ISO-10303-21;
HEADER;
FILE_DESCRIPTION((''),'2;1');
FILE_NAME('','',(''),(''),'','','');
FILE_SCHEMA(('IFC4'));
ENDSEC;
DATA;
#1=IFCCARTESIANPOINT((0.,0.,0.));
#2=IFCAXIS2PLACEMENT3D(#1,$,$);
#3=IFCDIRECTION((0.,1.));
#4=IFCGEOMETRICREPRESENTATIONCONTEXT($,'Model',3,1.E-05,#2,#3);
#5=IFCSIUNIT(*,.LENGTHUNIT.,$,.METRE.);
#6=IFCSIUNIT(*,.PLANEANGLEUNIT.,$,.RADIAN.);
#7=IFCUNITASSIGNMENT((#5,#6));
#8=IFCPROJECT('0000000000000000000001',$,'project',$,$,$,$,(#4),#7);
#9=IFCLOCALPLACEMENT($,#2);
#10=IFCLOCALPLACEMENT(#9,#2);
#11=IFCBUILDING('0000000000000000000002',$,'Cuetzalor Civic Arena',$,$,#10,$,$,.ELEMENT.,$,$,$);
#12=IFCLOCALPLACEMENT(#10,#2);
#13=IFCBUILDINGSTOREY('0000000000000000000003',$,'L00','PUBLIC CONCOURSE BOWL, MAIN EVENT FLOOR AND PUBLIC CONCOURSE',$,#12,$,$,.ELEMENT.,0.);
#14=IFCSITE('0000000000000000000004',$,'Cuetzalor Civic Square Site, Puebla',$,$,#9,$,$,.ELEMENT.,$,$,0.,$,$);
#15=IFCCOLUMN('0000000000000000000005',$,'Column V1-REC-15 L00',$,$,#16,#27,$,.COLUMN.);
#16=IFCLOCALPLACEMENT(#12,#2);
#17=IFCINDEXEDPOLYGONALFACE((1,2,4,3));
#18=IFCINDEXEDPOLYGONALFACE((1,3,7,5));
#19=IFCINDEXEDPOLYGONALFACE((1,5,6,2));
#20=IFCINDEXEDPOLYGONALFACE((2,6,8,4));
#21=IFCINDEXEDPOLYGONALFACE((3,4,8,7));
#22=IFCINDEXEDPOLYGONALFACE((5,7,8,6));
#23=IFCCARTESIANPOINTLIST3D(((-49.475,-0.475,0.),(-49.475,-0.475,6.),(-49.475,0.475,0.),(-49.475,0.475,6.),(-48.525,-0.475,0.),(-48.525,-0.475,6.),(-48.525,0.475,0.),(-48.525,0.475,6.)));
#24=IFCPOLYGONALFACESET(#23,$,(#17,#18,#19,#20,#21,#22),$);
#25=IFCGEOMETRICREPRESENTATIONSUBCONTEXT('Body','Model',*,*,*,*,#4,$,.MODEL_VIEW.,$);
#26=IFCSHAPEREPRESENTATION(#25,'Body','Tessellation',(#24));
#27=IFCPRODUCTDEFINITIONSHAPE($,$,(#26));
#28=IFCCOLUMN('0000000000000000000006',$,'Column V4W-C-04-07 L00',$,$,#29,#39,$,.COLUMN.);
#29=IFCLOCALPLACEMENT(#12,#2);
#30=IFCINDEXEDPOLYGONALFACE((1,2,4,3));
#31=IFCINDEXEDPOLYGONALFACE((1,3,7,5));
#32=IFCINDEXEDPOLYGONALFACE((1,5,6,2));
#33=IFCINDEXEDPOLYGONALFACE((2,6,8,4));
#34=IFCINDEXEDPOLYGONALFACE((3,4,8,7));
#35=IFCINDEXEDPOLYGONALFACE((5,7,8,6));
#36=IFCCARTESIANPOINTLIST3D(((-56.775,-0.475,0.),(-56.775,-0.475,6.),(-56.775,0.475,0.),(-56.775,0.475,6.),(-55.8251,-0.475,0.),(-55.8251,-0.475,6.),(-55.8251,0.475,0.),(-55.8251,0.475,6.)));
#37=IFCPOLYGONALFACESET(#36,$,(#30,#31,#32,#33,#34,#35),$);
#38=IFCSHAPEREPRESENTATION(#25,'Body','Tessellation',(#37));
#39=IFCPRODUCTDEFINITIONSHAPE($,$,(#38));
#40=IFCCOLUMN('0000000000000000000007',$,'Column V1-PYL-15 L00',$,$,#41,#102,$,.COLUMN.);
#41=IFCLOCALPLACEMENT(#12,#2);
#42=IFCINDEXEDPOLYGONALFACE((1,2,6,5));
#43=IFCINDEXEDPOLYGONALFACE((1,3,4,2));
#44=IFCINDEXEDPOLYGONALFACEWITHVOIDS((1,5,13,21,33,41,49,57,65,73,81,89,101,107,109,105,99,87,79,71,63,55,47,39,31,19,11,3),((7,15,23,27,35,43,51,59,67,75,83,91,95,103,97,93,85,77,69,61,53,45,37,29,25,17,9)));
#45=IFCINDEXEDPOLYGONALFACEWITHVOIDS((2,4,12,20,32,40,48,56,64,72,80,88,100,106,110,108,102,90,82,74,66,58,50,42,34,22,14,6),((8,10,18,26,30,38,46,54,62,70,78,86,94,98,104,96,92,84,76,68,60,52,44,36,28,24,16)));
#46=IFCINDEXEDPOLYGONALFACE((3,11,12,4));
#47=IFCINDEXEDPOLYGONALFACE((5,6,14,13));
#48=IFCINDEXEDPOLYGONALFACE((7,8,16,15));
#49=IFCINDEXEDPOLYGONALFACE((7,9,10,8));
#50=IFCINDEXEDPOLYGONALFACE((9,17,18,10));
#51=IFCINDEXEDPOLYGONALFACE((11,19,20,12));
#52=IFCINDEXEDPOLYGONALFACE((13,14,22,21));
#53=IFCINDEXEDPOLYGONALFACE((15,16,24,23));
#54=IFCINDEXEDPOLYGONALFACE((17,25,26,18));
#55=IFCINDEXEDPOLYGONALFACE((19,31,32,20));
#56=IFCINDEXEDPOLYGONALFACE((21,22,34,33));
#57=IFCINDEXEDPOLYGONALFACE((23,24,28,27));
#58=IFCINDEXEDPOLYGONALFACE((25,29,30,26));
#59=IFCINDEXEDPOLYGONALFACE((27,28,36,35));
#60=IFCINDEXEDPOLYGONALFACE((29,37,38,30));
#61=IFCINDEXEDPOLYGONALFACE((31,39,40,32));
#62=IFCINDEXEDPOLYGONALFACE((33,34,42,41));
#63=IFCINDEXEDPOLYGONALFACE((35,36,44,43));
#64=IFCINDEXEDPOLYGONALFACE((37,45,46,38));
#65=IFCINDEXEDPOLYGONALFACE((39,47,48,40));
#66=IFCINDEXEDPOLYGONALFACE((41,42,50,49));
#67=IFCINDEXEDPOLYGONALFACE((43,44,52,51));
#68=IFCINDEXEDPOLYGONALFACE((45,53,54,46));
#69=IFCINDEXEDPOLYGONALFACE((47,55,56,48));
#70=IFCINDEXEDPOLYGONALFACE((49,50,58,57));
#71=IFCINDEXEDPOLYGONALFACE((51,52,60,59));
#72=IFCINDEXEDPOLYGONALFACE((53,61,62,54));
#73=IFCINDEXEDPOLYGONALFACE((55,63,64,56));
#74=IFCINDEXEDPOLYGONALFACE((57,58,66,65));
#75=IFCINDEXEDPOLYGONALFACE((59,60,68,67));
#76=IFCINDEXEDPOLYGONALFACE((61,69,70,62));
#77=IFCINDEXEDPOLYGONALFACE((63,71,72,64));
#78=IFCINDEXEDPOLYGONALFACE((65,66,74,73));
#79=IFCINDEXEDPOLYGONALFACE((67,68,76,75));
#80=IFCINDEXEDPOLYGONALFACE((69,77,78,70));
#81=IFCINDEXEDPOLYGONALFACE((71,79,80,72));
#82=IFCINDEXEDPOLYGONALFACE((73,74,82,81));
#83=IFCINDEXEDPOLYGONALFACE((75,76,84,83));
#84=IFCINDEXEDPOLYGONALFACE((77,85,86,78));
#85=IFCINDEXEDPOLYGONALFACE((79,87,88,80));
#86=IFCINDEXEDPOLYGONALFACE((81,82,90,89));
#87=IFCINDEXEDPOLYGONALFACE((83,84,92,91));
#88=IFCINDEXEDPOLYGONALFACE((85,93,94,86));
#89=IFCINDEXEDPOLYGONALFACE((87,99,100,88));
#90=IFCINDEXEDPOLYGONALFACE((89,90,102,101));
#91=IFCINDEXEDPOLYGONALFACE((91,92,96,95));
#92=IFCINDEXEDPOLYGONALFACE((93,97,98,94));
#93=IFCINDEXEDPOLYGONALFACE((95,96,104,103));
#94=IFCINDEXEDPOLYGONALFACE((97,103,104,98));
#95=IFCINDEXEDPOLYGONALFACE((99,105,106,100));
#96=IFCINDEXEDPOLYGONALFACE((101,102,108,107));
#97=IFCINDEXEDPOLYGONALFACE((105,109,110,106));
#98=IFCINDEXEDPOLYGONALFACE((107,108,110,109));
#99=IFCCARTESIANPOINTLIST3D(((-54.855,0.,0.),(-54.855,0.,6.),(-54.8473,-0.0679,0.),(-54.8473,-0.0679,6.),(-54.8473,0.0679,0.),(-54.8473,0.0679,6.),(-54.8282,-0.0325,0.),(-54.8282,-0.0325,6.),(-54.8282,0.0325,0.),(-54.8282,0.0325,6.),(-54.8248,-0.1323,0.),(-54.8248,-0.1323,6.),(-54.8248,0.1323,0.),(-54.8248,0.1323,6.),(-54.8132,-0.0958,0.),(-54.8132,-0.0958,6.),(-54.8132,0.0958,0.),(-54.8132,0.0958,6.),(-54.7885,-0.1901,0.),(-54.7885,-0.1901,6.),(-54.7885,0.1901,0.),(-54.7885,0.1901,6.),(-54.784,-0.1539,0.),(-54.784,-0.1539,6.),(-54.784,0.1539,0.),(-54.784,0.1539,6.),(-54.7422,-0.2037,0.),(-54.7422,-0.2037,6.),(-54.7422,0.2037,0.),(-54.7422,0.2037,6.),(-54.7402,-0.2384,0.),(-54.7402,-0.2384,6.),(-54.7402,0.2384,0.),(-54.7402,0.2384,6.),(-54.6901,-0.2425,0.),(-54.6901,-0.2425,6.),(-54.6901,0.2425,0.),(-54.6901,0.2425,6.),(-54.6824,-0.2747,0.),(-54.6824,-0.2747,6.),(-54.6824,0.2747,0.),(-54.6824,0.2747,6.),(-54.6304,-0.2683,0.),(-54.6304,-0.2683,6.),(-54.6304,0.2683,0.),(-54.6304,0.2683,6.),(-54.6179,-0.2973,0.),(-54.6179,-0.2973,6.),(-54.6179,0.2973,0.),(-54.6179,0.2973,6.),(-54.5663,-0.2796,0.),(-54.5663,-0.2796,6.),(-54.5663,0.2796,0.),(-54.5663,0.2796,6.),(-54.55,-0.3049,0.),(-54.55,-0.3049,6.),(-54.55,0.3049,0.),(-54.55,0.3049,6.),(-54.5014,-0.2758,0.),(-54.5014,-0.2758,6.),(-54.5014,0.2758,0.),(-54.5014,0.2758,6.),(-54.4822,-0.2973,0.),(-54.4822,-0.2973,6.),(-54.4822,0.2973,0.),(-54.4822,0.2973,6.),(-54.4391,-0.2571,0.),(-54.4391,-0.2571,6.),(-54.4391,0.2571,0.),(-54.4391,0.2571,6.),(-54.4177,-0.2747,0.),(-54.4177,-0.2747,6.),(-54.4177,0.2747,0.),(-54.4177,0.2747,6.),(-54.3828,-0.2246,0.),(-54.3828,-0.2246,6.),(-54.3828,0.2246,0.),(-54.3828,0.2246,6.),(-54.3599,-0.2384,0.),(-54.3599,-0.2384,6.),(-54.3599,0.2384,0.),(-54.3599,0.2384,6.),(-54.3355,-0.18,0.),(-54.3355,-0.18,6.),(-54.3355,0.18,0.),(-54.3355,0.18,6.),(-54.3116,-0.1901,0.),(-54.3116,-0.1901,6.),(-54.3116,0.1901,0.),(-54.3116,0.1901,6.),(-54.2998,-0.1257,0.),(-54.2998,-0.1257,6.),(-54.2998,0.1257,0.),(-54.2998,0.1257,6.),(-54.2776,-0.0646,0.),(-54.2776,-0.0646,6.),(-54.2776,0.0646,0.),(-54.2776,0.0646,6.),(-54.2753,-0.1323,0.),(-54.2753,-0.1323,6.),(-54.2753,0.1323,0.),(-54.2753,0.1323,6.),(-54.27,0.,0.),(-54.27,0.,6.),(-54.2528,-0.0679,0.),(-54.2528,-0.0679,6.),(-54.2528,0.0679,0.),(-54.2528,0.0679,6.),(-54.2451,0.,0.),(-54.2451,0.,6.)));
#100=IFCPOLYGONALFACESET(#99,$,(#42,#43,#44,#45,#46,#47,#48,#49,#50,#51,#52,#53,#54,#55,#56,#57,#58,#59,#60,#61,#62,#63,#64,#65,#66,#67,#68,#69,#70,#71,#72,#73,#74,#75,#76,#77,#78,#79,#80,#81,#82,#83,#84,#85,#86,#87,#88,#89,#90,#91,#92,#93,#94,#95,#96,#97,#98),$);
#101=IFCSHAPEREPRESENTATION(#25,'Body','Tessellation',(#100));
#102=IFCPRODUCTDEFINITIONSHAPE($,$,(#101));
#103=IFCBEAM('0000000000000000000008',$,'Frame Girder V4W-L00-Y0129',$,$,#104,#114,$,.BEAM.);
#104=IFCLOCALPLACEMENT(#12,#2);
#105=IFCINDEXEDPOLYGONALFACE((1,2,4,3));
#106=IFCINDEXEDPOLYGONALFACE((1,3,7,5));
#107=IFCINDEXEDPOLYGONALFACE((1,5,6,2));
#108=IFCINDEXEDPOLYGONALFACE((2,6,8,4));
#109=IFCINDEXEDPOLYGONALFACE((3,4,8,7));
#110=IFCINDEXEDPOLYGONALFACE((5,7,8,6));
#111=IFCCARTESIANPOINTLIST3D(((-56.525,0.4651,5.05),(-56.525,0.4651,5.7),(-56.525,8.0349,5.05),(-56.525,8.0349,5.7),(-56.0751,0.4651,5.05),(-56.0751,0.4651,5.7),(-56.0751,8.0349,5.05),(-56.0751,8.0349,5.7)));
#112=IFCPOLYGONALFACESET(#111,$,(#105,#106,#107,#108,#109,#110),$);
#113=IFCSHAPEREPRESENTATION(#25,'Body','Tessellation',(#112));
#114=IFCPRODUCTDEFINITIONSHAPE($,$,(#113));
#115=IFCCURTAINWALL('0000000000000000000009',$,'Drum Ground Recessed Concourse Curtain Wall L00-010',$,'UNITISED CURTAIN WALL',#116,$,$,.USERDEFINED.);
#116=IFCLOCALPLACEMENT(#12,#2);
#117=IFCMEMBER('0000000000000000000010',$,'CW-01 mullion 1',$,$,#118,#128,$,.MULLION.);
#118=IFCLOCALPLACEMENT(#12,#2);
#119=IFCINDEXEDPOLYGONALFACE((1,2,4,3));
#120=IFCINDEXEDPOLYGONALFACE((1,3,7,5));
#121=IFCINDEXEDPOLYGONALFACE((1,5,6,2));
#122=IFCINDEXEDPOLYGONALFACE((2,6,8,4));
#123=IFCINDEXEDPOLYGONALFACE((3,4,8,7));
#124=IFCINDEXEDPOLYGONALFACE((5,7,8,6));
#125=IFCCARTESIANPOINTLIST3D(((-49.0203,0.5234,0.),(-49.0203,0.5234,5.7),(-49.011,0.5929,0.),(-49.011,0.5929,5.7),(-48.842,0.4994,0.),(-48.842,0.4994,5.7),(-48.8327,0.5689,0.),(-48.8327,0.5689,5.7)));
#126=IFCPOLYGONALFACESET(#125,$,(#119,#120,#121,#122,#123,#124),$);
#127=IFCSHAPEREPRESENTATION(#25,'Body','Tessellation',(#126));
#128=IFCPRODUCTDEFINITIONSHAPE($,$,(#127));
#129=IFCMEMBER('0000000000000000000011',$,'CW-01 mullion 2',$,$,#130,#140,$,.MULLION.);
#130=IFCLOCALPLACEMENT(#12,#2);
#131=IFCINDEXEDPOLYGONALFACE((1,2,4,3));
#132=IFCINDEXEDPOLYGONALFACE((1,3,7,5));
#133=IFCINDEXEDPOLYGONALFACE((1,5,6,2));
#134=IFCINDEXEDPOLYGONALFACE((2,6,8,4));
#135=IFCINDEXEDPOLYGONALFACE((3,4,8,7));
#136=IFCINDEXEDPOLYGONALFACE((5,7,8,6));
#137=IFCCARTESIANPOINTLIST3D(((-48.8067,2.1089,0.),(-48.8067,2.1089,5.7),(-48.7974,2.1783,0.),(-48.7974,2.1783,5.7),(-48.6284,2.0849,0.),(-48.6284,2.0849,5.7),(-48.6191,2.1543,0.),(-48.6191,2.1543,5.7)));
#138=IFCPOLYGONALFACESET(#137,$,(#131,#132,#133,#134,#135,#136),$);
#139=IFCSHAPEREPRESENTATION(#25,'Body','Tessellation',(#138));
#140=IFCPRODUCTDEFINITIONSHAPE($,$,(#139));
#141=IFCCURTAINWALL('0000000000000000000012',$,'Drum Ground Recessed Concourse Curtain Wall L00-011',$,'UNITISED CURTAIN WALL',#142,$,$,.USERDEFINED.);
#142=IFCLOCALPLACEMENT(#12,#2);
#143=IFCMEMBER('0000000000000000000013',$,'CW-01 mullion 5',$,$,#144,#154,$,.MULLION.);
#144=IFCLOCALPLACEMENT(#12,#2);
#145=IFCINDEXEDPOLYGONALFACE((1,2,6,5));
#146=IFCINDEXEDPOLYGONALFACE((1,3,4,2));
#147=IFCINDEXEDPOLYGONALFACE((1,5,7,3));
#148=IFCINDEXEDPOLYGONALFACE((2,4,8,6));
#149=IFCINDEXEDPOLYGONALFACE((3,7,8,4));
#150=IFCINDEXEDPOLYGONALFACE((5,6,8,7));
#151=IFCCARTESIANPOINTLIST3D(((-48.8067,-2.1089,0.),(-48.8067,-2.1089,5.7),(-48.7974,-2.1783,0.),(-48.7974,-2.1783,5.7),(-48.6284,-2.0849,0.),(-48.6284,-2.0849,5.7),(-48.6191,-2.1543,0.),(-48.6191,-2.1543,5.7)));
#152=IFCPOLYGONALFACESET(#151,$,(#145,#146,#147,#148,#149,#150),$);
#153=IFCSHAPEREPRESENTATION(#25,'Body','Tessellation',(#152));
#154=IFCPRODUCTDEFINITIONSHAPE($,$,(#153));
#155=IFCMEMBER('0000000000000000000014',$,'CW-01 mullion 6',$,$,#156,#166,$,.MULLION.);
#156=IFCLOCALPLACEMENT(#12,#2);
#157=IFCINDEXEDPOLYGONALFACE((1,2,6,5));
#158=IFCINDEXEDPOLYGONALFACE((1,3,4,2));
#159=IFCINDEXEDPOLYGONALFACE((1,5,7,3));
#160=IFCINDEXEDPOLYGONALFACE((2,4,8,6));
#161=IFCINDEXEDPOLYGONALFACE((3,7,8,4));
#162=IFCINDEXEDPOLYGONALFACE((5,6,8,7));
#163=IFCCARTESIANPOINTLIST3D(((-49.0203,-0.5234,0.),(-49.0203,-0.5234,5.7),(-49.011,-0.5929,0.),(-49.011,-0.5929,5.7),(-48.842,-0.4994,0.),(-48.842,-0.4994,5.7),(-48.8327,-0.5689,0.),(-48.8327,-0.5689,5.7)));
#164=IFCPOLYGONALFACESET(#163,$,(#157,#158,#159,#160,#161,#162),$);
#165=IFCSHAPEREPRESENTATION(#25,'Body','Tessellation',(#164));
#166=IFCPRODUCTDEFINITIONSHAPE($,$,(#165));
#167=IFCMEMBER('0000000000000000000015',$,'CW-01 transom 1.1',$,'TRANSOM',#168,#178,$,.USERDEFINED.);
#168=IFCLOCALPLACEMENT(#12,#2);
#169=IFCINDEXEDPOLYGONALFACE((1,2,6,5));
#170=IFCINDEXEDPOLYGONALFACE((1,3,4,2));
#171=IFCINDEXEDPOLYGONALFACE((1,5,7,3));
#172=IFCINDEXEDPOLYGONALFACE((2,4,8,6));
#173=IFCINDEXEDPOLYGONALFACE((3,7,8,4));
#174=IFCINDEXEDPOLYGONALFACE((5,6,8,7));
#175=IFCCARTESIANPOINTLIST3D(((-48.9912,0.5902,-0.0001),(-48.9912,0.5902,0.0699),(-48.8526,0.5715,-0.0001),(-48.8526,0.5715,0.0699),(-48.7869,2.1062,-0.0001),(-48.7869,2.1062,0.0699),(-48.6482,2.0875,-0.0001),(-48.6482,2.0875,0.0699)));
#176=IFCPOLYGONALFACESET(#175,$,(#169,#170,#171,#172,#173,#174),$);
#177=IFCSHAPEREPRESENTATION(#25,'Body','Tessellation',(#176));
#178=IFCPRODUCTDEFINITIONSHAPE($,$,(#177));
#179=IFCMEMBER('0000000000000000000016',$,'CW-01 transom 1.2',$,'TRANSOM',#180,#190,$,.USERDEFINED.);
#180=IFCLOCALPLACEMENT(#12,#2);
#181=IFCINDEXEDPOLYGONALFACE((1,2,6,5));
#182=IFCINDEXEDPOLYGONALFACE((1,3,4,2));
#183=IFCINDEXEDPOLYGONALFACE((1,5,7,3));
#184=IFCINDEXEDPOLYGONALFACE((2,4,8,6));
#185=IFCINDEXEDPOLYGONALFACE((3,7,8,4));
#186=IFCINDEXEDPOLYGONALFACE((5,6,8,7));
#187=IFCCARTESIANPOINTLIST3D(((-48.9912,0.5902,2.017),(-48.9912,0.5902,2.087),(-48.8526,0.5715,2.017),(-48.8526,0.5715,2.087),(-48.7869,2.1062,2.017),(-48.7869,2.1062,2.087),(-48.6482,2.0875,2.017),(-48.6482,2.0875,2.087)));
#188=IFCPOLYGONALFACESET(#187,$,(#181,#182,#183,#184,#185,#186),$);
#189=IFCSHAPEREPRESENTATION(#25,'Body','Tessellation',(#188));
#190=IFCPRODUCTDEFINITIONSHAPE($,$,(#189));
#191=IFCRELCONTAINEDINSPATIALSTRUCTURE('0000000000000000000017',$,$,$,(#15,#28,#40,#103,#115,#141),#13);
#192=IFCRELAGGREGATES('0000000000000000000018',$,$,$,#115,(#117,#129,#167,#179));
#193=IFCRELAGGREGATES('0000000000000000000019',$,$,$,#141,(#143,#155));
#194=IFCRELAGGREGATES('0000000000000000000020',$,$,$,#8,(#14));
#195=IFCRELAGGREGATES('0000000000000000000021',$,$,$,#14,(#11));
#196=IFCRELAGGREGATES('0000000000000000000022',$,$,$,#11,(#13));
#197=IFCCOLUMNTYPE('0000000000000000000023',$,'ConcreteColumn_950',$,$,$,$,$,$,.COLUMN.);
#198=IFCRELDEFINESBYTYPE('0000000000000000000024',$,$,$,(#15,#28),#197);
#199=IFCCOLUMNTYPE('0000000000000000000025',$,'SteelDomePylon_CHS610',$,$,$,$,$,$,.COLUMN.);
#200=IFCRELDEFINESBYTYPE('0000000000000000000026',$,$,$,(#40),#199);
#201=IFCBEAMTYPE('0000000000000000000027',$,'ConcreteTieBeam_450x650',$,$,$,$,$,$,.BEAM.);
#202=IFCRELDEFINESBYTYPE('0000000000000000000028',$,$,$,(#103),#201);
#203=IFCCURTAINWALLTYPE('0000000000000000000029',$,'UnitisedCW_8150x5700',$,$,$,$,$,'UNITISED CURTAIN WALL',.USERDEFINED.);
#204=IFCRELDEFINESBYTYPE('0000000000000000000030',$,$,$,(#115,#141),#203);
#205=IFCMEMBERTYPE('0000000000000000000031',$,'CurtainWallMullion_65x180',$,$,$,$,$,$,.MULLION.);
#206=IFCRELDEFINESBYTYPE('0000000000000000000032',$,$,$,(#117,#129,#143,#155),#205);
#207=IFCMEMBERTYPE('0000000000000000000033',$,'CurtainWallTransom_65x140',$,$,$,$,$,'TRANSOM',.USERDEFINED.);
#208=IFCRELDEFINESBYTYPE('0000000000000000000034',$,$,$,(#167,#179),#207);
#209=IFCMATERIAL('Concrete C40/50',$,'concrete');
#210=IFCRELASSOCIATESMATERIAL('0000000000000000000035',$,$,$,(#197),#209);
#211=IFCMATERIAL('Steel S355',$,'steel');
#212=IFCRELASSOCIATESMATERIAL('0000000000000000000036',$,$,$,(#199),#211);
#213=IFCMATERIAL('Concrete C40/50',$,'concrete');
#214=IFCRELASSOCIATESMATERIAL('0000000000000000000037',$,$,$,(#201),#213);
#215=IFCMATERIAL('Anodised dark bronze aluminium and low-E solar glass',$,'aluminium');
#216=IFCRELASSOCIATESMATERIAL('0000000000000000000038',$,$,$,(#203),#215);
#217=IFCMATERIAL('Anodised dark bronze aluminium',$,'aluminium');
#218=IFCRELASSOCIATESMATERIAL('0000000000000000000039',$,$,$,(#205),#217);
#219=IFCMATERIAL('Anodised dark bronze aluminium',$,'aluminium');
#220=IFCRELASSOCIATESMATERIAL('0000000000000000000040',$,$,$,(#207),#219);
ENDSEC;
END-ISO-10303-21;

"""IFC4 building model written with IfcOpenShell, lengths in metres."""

from ifc_helpers import new_model, si_unit, direction, frame, origin, origin_2d, place, context, subcontext, project, spatial, rectangle, hollow_circle, extrude, material, material_profile, profile_set, type_object, element, aggregate, save


model = new_model("IFC4")

# Units and contexts
model_context = context("Model", 3, precision=1e-05, world=origin(), true_north=direction((0.0, 1.0)))
body_context = subcontext(model_context, "Body", "Model", "MODEL_VIEW")
ifc_project = project(units=[si_unit("LENGTHUNIT", "METRE"), si_unit("PLANEANGLEUNIT", "RADIAN")], contexts=[model_context])

# Site, building, storey
site_placement = place(None, origin())
site = spatial("IfcSite", under=ifc_project, at=site_placement, Name="Cuetzalor Civic Square Site, Puebla", CompositionType="ELEMENT", RefElevation=0.0)
building_placement = place(site_placement, origin())
building = spatial("IfcBuilding", under=site, at=building_placement, Name="Cuetzalor Civic Arena", CompositionType="ELEMENT")
storey_placement = place(building_placement, origin())
storey = spatial("IfcBuildingStorey", under=building, at=storey_placement, Name="L00", Description="PUBLIC CONCOURSE BOWL, MAIN EVENT FLOOR AND PUBLIC CONCOURSE", CompositionType="ELEMENT", Elevation=0.0)

# Columns
ifc_material_1 = material(Name="Concrete C40/50", Category="concrete")
ifc_material_profile_1 = material_profile(ifc_material_1, rectangle(XDim=0.95, YDim=0.95, at=origin_2d()), Name="RC 950x950")
ifc_profile_set_1 = profile_set([ifc_material_profile_1], Name="Concrete C40/50")
column_type_1 = type_object("IfcColumnType", Name="ConcreteColumn_950", PredefinedType="COLUMN", material=ifc_profile_set_1)
for number, where, z_axis, x_axis, name in (
    (1, (-49.0, 0.0, 0.0), (0.0, 0.0, 1.0), (1.0, 0.0, 0.0), "Column V1-REC-15 L00"),
    (2, (-56.3, 0.0, 0.0), (0.0, 0.0, 1.0), (1.0, 0.0, 0.0), "Column V4W-C-04-07 L00"),
):
    element("IfcColumn", number, at=place(storey_placement, frame(where, z_axis=z_axis, x_axis=x_axis)), inside=storey, type_object=column_type_1, Name=name, PredefinedType="COLUMN", context=body_context, shape_type="SweptSolid", body=[
        extrude(rectangle(XDim=0.95, YDim=0.95, at=origin_2d()), origin(), (0.0, 0.0, 1.0), 6.0),
    ])
ifc_material_2 = material(Name="Steel S355", Category="steel")
ifc_material_profile_2 = material_profile(ifc_material_2, hollow_circle(Radius=0.3049, WallThickness=0.0249, at=origin_2d()), Name="CHS 610x25")
ifc_profile_set_2 = profile_set([ifc_material_profile_2], Name="Steel S355")
column_type_2 = type_object("IfcColumnType", Name="SteelDomePylon_CHS610", PredefinedType="COLUMN", material=ifc_profile_set_2)
column_placement = place(storey_placement, frame((-54.55, 0.0, 0.0), z_axis=(0.0, 0.0, 1.0), x_axis=(1.0, 0.0, 0.0)))
element("IfcColumn", 3, at=column_placement, inside=storey, type_object=column_type_2, Name="Column V1-PYL-15 L00", PredefinedType="COLUMN", context=body_context, shape_type="SweptSolid", body=[
    extrude(hollow_circle(Radius=0.3049, WallThickness=0.0249, at=origin_2d()), origin(), (0.0, 0.0, 1.0), 6.0),
])

# Beam
ifc_material_3 = material(Name="Concrete C40/50", Category="concrete")
ifc_material_profile_3 = material_profile(ifc_material_3, rectangle(XDim=0.45, YDim=0.6499, at=origin_2d()), Name="RC 450x650")
ifc_profile_set_3 = profile_set([ifc_material_profile_3], Name="Concrete C40/50")
beam_type_1 = type_object("IfcBeamType", Name="ConcreteTieBeam_450x650", PredefinedType="BEAM", material=ifc_profile_set_3)
beam_1_placement = place(storey_placement, frame((-56.3, 0.4651, 5.375), z_axis=(0.0, 1.0, 0.0), x_axis=(-1.0, 0.0, 0.0)))
element("IfcBeam", 4, at=beam_1_placement, inside=storey, type_object=beam_type_1, Name="Frame Girder V4W-L00-Y0129", PredefinedType="BEAM", context=body_context, shape_type="SweptSolid", body=[
    extrude(rectangle(XDim=0.45, YDim=0.6499, at=origin_2d()), origin(), (0.0, 0.0, 1.0), 7.5698),
])

# Curtain walls, members
ifc_material_4 = material(Name="Anodised dark bronze aluminium and low-E solar glass", Category="aluminium")
curtain_wall_type = type_object("IfcCurtainWallType", Name="UnitisedCW_8150x5700", ElementType="UNITISED CURTAIN WALL", PredefinedType="USERDEFINED", material=ifc_material_4)
curtain_wall_1_placement = place(storey_placement, origin())
curtain_wall_1 = element("IfcCurtainWall", 5, at=curtain_wall_1_placement, inside=storey, type_object=curtain_wall_type, Name="Drum Ground Recessed Concourse Curtain Wall L00-010", ObjectType="UNITISED CURTAIN WALL", PredefinedType="USERDEFINED")
ifc_material_5 = material(Name="Anodised dark bronze aluminium", Category="aluminium")
ifc_material_profile_4 = material_profile(ifc_material_5, rectangle(XDim=0.0701, YDim=0.1799, at=origin_2d()), Name="ALU MULLION 70x180")
ifc_profile_set_4 = profile_set([ifc_material_profile_4], Name="Anodised dark bronze aluminium")
member_type_1 = type_object("IfcMemberType", Name="CurtainWallMullion_65x180", PredefinedType="MULLION", material=ifc_profile_set_4)
member_1_placement = place(storey_placement, frame((-48.9265, 0.5461, 0.0), z_axis=(0.0, 0.0, 1.0), x_axis=(0.133443, 0.991056, 0.0)))
member_1 = element("IfcMember", 6, at=member_1_placement, type_object=member_type_1, Name="CW-01 mullion 1", PredefinedType="MULLION", context=body_context, shape_type="SweptSolid", body=[
    extrude(rectangle(XDim=0.0701, YDim=0.1799, at=origin_2d()), origin(), (0.0, 0.0, 1.0), 5.7),
])
member_2_placement = place(storey_placement, frame((-48.7129, 2.1316, 0.0), z_axis=(0.0, 0.0, 1.0), x_axis=(0.133443, 0.991056, 0.0)))
member_2 = element("IfcMember", 7, at=member_2_placement, type_object=member_type_1, Name="CW-01 mullion 2", PredefinedType="MULLION", context=body_context, shape_type="SweptSolid", body=[
    extrude(rectangle(XDim=0.0701, YDim=0.1799, at=origin_2d()), origin(), (0.0, 0.0, 1.0), 5.7),
])
curtain_wall_2_placement = place(storey_placement, origin())
curtain_wall_2 = element("IfcCurtainWall", 8, at=curtain_wall_2_placement, inside=storey, type_object=curtain_wall_type, Name="Drum Ground Recessed Concourse Curtain Wall L00-011", ObjectType="UNITISED CURTAIN WALL", PredefinedType="USERDEFINED")
member_3_placement = place(storey_placement, frame((-48.7129, -2.1316, 0.0), z_axis=(0.0, 0.0, 1.0), x_axis=(-0.133443, 0.991056, 0.0)))
member_3 = element("IfcMember", 9, at=member_3_placement, type_object=member_type_1, Name="CW-01 mullion 5", PredefinedType="MULLION", context=body_context, shape_type="SweptSolid", body=[
    extrude(rectangle(XDim=0.0701, YDim=0.1799, at=origin_2d()), origin(), (0.0, 0.0, 1.0), 5.7),
])
member_4_placement = place(storey_placement, frame((-48.9265, -0.5461, 0.0), z_axis=(0.0, 0.0, 1.0), x_axis=(-0.133443, 0.991056, 0.0)))
member_4 = element("IfcMember", 10, at=member_4_placement, type_object=member_type_1, Name="CW-01 mullion 6", PredefinedType="MULLION", context=body_context, shape_type="SweptSolid", body=[
    extrude(rectangle(XDim=0.0701, YDim=0.1799, at=origin_2d()), origin(), (0.0, 0.0, 1.0), 5.7),
])

# Members
ifc_material_6 = material(Name="Anodised dark bronze aluminium", Category="aluminium")
ifc_material_profile_5 = material_profile(ifc_material_6, rectangle(XDim=0.1399, YDim=0.0701, at=origin_2d()), Name="ALU TRANSOM 70x140")
ifc_profile_set_5 = profile_set([ifc_material_profile_5], Name="Anodised dark bronze aluminium")
member_type_2 = type_object("IfcMemberType", Name="CurtainWallTransom_65x140", ElementType="TRANSOM", PredefinedType="USERDEFINED", material=ifc_profile_set_5)
member_5_placement = place(storey_placement, frame((-48.9219, 0.5808, 0.0349), z_axis=(0.133575, 0.991039, 0.0), x_axis=(-0.991039, 0.133575, 0.0)))
member_5 = element("IfcMember", 11, at=member_5_placement, type_object=member_type_2, Name="CW-01 transom 1.1", ObjectType="TRANSOM", PredefinedType="USERDEFINED", context=body_context, shape_type="SweptSolid", body=[
    extrude(rectangle(XDim=0.1399, YDim=0.0701, at=origin_2d()), origin(), (0.0, 0.0, 1.0), 1.5298),
])
member_6_placement = place(storey_placement, frame((-48.9219, 0.5808, 2.052), z_axis=(0.133575, 0.991039, 0.0), x_axis=(-0.991039, 0.133575, 0.0)))
member_6 = element("IfcMember", 12, at=member_6_placement, type_object=member_type_2, Name="CW-01 transom 1.2", ObjectType="TRANSOM", PredefinedType="USERDEFINED", context=body_context, shape_type="SweptSolid", body=[
    extrude(rectangle(XDim=0.1399, YDim=0.0701, at=origin_2d()), origin(), (0.0, 0.0, 1.0), 1.5298),
])

aggregate(curtain_wall_1, [member_1, member_2, member_5, member_6])
aggregate(curtain_wall_2, [member_3, member_4])

save(model, "model.ifc")
